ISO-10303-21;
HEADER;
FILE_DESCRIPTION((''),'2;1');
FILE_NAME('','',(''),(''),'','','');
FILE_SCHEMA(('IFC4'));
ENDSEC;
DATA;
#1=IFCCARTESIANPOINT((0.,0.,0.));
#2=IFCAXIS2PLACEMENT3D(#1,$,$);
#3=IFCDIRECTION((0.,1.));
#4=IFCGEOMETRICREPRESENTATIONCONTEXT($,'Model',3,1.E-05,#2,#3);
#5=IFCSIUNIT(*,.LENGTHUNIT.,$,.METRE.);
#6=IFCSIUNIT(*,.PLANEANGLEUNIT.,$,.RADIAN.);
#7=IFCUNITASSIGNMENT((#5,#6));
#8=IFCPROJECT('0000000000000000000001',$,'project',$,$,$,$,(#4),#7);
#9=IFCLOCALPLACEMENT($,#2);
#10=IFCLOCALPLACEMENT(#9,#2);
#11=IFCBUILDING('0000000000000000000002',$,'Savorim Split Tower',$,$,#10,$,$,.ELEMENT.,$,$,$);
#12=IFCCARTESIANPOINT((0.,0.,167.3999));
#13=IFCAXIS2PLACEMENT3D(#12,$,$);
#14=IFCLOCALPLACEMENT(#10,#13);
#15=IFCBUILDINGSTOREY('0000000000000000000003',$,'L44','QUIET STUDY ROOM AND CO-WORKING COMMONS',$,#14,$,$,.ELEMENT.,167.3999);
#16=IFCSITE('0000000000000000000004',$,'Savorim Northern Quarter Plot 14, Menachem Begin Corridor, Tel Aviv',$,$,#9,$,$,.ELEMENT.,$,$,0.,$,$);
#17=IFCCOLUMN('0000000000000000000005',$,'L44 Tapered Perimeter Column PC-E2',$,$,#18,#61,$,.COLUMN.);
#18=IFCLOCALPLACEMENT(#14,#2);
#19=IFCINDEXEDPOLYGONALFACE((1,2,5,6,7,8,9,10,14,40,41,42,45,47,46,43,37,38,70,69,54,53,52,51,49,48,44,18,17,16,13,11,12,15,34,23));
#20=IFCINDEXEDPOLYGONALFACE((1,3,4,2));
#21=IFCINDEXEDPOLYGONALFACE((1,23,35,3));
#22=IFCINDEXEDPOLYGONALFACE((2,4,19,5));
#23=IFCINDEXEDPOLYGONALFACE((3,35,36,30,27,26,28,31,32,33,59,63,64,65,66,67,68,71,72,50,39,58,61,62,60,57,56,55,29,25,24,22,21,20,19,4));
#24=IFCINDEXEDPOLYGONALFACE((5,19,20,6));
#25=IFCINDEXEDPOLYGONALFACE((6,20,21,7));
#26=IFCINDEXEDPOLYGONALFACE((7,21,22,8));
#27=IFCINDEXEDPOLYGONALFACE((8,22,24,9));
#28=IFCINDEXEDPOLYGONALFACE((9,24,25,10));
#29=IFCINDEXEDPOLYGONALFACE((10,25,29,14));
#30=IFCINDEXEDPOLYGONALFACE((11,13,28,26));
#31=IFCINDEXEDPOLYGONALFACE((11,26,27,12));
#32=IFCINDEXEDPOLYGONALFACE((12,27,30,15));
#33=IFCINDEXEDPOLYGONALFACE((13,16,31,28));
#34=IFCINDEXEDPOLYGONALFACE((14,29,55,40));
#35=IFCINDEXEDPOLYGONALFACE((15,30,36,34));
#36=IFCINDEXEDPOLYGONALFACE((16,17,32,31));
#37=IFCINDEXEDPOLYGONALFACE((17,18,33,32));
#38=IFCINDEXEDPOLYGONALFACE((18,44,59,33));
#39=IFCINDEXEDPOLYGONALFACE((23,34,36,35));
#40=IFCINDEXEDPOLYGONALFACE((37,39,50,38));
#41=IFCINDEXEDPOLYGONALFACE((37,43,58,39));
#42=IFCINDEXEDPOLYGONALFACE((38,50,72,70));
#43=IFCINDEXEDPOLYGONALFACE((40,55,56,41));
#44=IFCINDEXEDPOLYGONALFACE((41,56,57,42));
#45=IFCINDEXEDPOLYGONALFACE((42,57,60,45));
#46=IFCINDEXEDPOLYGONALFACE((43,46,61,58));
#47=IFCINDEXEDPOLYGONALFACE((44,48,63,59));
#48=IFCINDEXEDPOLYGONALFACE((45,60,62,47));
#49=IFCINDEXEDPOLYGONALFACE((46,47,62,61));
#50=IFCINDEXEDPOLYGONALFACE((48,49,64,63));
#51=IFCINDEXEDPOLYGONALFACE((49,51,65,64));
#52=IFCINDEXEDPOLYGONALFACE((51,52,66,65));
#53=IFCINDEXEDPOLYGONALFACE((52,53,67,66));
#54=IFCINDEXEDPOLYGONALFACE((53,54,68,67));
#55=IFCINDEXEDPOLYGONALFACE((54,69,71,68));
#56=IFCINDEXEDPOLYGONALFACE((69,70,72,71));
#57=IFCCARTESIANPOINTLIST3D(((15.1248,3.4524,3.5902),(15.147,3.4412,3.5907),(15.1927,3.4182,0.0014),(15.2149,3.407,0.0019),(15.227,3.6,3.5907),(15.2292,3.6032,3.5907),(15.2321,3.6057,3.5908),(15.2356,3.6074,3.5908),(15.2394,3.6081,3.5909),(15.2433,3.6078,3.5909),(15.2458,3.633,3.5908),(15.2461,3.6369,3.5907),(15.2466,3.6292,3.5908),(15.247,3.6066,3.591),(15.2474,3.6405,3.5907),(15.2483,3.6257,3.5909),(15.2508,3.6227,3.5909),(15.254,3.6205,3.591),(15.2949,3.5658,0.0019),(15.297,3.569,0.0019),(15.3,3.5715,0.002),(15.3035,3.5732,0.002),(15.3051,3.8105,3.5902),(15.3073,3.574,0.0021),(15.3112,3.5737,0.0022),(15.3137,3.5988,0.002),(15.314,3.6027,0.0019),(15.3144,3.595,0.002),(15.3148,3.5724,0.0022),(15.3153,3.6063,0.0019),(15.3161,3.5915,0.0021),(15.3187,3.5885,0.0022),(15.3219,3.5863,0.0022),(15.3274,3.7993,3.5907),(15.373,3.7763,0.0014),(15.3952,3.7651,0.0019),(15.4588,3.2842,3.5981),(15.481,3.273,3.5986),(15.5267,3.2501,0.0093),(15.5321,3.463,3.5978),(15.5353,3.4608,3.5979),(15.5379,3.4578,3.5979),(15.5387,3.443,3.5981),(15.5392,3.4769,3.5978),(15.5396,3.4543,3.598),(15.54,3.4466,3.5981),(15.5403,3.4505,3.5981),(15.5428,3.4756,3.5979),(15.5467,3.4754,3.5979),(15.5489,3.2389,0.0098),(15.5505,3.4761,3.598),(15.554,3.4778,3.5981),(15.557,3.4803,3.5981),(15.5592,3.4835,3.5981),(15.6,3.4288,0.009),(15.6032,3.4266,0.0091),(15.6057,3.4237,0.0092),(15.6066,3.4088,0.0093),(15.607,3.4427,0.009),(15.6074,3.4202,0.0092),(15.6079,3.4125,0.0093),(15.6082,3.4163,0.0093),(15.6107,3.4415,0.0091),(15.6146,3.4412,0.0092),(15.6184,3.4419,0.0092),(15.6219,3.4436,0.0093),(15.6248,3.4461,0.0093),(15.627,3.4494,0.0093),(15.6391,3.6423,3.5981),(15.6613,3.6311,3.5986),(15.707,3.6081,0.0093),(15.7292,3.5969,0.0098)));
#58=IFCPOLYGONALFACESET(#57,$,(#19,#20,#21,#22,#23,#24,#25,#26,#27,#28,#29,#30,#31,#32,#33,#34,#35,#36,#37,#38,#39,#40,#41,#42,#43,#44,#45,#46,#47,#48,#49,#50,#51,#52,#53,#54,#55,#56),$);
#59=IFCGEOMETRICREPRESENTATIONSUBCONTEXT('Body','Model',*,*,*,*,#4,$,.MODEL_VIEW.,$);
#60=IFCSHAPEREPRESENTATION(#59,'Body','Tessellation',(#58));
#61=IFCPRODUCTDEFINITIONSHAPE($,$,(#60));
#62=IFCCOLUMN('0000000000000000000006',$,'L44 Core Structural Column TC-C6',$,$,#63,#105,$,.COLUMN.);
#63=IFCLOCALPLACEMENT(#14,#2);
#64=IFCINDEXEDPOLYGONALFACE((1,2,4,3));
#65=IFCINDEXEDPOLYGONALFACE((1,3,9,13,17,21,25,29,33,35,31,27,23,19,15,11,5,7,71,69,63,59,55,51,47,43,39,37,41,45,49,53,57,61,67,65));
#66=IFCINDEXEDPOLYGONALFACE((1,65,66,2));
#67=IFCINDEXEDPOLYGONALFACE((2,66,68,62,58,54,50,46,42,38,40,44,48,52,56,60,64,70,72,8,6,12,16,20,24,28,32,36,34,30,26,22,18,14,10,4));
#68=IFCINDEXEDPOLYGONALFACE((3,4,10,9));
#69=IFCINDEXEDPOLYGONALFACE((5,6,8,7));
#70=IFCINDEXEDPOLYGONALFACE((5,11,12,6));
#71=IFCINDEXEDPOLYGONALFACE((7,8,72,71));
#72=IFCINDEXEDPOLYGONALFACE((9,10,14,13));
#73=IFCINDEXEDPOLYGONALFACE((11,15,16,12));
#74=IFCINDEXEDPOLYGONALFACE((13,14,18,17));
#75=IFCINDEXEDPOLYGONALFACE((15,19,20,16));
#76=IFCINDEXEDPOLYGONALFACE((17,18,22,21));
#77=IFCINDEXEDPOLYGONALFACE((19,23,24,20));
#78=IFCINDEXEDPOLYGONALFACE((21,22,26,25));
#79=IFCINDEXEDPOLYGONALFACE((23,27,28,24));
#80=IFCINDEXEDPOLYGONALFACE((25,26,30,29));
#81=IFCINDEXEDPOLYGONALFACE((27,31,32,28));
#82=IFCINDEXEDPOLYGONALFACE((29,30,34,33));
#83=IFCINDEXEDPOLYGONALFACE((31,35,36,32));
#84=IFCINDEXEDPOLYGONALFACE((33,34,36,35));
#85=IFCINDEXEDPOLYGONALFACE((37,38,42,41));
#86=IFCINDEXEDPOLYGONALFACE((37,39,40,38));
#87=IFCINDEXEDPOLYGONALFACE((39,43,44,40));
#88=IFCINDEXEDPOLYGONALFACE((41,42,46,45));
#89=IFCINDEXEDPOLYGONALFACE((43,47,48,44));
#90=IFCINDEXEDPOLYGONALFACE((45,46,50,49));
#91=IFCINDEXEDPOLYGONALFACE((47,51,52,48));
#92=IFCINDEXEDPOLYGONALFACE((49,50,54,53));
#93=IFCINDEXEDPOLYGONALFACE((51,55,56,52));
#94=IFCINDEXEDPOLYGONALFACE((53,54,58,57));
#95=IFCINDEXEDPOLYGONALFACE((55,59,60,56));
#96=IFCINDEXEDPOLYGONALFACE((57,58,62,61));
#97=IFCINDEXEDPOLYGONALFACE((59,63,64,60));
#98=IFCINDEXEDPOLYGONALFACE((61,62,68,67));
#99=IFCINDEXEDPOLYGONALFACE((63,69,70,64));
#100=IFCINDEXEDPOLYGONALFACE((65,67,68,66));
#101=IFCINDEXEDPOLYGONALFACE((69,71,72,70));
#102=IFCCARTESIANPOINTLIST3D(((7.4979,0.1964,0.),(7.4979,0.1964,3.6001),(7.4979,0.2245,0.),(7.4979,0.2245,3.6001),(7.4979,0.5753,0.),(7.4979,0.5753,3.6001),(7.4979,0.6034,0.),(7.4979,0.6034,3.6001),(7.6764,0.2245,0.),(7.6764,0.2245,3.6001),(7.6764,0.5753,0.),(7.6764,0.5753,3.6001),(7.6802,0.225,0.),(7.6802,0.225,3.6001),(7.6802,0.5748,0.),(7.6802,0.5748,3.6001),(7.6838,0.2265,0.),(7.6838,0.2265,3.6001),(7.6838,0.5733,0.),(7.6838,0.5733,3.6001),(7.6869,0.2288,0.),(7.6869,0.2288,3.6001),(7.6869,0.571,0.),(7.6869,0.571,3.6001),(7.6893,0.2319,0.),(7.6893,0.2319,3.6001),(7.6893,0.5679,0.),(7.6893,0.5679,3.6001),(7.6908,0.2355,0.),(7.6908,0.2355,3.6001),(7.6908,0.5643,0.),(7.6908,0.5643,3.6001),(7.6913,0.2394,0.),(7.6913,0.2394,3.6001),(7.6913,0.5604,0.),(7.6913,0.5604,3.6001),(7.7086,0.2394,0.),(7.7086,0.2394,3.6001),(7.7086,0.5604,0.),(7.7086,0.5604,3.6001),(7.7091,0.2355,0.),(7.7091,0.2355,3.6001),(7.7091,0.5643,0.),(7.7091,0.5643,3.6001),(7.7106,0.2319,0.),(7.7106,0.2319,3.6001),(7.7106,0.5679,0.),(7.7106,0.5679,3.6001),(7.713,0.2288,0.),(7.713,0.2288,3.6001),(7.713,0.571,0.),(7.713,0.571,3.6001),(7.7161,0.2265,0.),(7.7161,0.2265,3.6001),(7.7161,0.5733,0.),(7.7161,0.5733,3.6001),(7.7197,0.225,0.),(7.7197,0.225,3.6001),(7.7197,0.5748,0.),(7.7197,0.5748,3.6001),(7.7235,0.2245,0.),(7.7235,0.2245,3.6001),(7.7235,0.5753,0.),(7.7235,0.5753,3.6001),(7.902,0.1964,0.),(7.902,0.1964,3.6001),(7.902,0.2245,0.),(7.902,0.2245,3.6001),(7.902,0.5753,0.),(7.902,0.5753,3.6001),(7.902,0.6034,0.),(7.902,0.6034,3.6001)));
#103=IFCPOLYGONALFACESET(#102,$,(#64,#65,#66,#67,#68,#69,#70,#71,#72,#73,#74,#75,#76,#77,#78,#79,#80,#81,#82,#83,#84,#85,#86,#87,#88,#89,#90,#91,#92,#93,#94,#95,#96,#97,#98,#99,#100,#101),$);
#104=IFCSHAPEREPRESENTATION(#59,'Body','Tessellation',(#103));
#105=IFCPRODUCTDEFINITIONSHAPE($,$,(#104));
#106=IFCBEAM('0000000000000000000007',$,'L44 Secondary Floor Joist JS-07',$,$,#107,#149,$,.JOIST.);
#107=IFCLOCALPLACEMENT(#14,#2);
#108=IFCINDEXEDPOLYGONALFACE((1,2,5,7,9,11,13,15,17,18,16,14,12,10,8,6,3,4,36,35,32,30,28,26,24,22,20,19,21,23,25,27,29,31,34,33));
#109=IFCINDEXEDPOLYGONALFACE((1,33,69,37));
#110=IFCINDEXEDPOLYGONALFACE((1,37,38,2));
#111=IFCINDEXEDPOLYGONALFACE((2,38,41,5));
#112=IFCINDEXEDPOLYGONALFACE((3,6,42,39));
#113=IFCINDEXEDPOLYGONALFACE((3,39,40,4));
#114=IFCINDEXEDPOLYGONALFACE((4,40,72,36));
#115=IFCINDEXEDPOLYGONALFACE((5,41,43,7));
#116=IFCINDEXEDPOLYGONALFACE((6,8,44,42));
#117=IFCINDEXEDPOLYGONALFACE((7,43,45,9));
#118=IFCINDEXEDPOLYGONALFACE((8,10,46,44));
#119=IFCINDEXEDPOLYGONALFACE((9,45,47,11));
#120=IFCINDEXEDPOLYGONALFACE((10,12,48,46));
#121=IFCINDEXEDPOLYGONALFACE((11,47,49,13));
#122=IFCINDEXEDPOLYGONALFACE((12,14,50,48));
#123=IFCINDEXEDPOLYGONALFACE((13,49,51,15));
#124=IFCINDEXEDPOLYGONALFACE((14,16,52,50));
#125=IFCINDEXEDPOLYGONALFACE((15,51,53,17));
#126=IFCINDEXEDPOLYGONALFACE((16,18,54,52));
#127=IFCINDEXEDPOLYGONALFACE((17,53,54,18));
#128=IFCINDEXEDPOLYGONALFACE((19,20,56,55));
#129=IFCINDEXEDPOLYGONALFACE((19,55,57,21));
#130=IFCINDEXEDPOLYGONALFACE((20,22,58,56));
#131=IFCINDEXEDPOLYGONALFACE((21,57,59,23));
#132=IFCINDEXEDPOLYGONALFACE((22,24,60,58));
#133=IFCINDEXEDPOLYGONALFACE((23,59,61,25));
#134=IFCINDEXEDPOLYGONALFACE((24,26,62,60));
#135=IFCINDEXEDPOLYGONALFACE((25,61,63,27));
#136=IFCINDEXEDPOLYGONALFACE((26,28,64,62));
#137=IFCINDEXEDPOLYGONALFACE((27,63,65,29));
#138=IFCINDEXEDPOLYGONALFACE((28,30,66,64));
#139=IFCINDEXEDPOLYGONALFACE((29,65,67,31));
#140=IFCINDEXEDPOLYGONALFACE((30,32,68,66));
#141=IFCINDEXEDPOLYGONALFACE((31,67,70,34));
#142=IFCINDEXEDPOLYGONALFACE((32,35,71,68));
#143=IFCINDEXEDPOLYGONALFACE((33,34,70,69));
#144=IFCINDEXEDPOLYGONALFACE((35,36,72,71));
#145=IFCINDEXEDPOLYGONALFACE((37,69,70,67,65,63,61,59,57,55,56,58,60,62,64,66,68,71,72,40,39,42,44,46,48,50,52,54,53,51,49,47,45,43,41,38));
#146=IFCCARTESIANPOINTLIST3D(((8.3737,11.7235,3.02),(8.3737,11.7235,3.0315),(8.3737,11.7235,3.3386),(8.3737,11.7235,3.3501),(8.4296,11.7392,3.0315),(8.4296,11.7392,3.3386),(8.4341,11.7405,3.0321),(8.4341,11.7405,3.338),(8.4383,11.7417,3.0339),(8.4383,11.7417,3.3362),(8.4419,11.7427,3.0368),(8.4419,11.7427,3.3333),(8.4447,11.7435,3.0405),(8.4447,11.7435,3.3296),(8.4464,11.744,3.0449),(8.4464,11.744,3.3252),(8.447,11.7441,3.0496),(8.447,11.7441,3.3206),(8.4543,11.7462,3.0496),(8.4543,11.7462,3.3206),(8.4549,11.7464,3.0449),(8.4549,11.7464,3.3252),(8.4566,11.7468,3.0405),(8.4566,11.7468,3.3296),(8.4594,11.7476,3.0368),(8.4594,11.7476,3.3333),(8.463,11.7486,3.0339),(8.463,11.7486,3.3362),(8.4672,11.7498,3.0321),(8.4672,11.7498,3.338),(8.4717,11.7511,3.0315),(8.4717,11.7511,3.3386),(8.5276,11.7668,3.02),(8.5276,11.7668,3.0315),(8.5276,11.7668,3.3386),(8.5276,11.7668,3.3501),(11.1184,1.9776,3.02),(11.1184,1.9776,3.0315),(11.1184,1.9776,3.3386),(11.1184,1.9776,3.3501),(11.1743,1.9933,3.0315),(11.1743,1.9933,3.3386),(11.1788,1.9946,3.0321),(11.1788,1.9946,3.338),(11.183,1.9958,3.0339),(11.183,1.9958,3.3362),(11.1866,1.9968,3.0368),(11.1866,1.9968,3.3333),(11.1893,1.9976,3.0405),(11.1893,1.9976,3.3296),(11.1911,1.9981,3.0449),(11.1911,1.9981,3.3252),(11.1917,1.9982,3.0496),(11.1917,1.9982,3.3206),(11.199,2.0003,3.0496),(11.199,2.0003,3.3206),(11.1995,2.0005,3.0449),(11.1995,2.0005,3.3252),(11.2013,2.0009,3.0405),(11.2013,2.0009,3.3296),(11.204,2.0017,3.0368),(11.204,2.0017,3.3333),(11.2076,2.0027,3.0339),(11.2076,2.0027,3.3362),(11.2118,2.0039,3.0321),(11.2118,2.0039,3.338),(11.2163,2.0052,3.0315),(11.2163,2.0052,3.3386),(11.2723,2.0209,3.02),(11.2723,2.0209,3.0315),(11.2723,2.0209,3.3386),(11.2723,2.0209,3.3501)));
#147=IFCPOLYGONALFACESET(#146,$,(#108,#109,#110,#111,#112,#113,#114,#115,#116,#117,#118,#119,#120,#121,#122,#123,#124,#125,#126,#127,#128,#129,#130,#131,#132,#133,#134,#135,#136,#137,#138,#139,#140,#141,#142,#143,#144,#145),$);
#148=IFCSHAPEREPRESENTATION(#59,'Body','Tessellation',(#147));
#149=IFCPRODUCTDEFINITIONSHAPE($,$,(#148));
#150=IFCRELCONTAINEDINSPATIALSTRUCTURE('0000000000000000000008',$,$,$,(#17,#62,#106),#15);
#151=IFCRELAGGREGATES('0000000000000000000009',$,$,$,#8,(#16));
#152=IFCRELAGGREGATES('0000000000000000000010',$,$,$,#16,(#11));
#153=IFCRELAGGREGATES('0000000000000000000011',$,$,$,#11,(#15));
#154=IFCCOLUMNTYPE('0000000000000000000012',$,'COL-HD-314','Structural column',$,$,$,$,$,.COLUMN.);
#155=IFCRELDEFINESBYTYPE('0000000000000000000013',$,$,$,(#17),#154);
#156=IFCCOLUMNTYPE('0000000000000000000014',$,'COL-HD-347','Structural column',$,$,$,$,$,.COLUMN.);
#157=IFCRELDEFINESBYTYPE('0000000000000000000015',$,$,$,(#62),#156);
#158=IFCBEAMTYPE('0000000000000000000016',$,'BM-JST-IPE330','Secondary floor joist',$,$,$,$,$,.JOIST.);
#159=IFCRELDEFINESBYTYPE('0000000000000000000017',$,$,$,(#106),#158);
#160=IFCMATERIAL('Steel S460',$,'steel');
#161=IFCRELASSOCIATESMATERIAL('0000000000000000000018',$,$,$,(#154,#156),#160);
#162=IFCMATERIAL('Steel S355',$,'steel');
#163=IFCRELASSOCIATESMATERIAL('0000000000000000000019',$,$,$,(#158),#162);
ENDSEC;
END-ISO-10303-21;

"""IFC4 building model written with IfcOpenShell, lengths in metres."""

from ifc_helpers import new_model, si_unit, direction, frame, origin, origin_2d, place, context, subcontext, project, spatial, i_section, extrude, material, material_profile, profile_set, type_object, element, save


model = new_model("IFC4")

# Units and contexts
model_context = context("Model", 3, precision=1e-05, world=origin(), true_north=direction((0.0, 1.0)))
body_context = subcontext(model_context, "Body", "Model", "MODEL_VIEW")
ifc_project = project(units=[si_unit("LENGTHUNIT", "METRE"), si_unit("PLANEANGLEUNIT", "RADIAN")], contexts=[model_context])

# Site, building, storey
site_placement = place(None, origin())
site = spatial("IfcSite", under=ifc_project, at=site_placement, Name="Savorim Northern Quarter Plot 14, Menachem Begin Corridor, Tel Aviv", CompositionType="ELEMENT", RefElevation=0.0)
building_placement = place(site_placement, origin())
building = spatial("IfcBuilding", under=site, at=building_placement, Name="Savorim Split Tower", CompositionType="ELEMENT")
storey_placement = place(building_placement, frame((0.0, 0.0, 167.3999)))
storey = spatial("IfcBuildingStorey", under=building, at=storey_placement, Name="L44", Description="QUIET STUDY ROOM AND CO-WORKING COMMONS", CompositionType="ELEMENT", Elevation=167.3999)

# Columns
ifc_material_1 = material(Name="Steel S460", Category="steel")
ifc_material_profile_1 = material_profile(ifc_material_1, i_section(OverallWidth=0.4009, OverallDepth=0.3989, WebThickness=0.0156, FlangeThickness=0.0249, FilletRadius=0.0149, at=origin_2d()), Name="HD 400x314")
ifc_profile_set_1 = profile_set([ifc_material_profile_1], Name="Steel S460")
column_type_1 = type_object("IfcColumnType", Name="COL-HD-314", Description="Structural column", PredefinedType="COLUMN", material=ifc_profile_set_1)
column_1_placement = place(storey_placement, frame((15.4609, 3.5076, 0.0056), z_axis=(-0.018907, 0.009522, 0.999776), x_axis=(-0.449782, -0.893138, 0.0)))
element("IfcColumn", 1, at=column_1_placement, inside=storey, type_object=column_type_1, Name="L44 Tapered Perimeter Column PC-E2", PredefinedType="COLUMN", context=body_context, shape_type="SweptSolid", body=[
    extrude(i_section(OverallWidth=0.4009, OverallDepth=0.3989, WebThickness=0.0156, FlangeThickness=0.0249, FilletRadius=0.0149, at=origin_2d()), origin(), (0.0, 0.0, 1.0), 3.5896),
])
ifc_material_profile_2 = material_profile(ifc_material_1, i_section(OverallWidth=0.4041, OverallDepth=0.407, WebThickness=0.0173, FlangeThickness=0.0281, FilletRadius=0.0149, at=origin_2d()), Name="HD 400x347")
ifc_profile_set_2 = profile_set([ifc_material_profile_2], Name="Steel S460")
column_type_2 = type_object("IfcColumnType", Name="COL-HD-347", Description="Structural column", PredefinedType="COLUMN", material=ifc_profile_set_2)
column_2_placement = place(storey_placement, frame((7.7, 0.3999, 0.0), z_axis=(0.0, 0.0, 1.0), x_axis=(1.0, 0.0, 0.0)))
element("IfcColumn", 2, at=column_2_placement, inside=storey, type_object=column_type_2, Name="L44 Core Structural Column TC-C6", PredefinedType="COLUMN", context=body_context, shape_type="SweptSolid", body=[
    extrude(i_section(OverallWidth=0.4041, OverallDepth=0.407, WebThickness=0.0173, FlangeThickness=0.0281, FilletRadius=0.0149, at=origin_2d()), origin(), (0.0, 0.0, 1.0), 3.6001),
])

# Beam
ifc_material_2 = material(Name="Steel S355", Category="steel")
ifc_material_profile_3 = material_profile(ifc_material_2, i_section(OverallWidth=0.1599, OverallDepth=0.3301, WebThickness=0.0076, FlangeThickness=0.0115, FilletRadius=0.0181, at=origin_2d()), Name="IPE 330")
ifc_profile_set_3 = profile_set([ifc_material_profile_3], Name="Steel S355")
beam_type_1 = type_object("IfcBeamType", Name="BM-JST-IPE330", Description="Secondary floor joist", PredefinedType="JOIST", material=ifc_profile_set_3)
beam_1_placement = place(storey_placement, frame((11.1953, 1.9993, 3.1851), z_axis=(-0.271076, 0.962558, 0.0), x_axis=(-0.962558, -0.271076, 0.0)))
element("IfcBeam", 3, at=beam_1_placement, inside=storey, type_object=beam_type_1, Name="L44 Secondary Floor Joist JS-07", PredefinedType="JOIST", context=body_context, shape_type="SweptSolid", body=[
    extrude(i_section(OverallWidth=0.1599, OverallDepth=0.3301, WebThickness=0.0076, FlangeThickness=0.0115, FilletRadius=0.0181, at=origin_2d()), origin(), (0.0, 0.0, 1.0), 10.125),
])

save(model, "model.ifc")
